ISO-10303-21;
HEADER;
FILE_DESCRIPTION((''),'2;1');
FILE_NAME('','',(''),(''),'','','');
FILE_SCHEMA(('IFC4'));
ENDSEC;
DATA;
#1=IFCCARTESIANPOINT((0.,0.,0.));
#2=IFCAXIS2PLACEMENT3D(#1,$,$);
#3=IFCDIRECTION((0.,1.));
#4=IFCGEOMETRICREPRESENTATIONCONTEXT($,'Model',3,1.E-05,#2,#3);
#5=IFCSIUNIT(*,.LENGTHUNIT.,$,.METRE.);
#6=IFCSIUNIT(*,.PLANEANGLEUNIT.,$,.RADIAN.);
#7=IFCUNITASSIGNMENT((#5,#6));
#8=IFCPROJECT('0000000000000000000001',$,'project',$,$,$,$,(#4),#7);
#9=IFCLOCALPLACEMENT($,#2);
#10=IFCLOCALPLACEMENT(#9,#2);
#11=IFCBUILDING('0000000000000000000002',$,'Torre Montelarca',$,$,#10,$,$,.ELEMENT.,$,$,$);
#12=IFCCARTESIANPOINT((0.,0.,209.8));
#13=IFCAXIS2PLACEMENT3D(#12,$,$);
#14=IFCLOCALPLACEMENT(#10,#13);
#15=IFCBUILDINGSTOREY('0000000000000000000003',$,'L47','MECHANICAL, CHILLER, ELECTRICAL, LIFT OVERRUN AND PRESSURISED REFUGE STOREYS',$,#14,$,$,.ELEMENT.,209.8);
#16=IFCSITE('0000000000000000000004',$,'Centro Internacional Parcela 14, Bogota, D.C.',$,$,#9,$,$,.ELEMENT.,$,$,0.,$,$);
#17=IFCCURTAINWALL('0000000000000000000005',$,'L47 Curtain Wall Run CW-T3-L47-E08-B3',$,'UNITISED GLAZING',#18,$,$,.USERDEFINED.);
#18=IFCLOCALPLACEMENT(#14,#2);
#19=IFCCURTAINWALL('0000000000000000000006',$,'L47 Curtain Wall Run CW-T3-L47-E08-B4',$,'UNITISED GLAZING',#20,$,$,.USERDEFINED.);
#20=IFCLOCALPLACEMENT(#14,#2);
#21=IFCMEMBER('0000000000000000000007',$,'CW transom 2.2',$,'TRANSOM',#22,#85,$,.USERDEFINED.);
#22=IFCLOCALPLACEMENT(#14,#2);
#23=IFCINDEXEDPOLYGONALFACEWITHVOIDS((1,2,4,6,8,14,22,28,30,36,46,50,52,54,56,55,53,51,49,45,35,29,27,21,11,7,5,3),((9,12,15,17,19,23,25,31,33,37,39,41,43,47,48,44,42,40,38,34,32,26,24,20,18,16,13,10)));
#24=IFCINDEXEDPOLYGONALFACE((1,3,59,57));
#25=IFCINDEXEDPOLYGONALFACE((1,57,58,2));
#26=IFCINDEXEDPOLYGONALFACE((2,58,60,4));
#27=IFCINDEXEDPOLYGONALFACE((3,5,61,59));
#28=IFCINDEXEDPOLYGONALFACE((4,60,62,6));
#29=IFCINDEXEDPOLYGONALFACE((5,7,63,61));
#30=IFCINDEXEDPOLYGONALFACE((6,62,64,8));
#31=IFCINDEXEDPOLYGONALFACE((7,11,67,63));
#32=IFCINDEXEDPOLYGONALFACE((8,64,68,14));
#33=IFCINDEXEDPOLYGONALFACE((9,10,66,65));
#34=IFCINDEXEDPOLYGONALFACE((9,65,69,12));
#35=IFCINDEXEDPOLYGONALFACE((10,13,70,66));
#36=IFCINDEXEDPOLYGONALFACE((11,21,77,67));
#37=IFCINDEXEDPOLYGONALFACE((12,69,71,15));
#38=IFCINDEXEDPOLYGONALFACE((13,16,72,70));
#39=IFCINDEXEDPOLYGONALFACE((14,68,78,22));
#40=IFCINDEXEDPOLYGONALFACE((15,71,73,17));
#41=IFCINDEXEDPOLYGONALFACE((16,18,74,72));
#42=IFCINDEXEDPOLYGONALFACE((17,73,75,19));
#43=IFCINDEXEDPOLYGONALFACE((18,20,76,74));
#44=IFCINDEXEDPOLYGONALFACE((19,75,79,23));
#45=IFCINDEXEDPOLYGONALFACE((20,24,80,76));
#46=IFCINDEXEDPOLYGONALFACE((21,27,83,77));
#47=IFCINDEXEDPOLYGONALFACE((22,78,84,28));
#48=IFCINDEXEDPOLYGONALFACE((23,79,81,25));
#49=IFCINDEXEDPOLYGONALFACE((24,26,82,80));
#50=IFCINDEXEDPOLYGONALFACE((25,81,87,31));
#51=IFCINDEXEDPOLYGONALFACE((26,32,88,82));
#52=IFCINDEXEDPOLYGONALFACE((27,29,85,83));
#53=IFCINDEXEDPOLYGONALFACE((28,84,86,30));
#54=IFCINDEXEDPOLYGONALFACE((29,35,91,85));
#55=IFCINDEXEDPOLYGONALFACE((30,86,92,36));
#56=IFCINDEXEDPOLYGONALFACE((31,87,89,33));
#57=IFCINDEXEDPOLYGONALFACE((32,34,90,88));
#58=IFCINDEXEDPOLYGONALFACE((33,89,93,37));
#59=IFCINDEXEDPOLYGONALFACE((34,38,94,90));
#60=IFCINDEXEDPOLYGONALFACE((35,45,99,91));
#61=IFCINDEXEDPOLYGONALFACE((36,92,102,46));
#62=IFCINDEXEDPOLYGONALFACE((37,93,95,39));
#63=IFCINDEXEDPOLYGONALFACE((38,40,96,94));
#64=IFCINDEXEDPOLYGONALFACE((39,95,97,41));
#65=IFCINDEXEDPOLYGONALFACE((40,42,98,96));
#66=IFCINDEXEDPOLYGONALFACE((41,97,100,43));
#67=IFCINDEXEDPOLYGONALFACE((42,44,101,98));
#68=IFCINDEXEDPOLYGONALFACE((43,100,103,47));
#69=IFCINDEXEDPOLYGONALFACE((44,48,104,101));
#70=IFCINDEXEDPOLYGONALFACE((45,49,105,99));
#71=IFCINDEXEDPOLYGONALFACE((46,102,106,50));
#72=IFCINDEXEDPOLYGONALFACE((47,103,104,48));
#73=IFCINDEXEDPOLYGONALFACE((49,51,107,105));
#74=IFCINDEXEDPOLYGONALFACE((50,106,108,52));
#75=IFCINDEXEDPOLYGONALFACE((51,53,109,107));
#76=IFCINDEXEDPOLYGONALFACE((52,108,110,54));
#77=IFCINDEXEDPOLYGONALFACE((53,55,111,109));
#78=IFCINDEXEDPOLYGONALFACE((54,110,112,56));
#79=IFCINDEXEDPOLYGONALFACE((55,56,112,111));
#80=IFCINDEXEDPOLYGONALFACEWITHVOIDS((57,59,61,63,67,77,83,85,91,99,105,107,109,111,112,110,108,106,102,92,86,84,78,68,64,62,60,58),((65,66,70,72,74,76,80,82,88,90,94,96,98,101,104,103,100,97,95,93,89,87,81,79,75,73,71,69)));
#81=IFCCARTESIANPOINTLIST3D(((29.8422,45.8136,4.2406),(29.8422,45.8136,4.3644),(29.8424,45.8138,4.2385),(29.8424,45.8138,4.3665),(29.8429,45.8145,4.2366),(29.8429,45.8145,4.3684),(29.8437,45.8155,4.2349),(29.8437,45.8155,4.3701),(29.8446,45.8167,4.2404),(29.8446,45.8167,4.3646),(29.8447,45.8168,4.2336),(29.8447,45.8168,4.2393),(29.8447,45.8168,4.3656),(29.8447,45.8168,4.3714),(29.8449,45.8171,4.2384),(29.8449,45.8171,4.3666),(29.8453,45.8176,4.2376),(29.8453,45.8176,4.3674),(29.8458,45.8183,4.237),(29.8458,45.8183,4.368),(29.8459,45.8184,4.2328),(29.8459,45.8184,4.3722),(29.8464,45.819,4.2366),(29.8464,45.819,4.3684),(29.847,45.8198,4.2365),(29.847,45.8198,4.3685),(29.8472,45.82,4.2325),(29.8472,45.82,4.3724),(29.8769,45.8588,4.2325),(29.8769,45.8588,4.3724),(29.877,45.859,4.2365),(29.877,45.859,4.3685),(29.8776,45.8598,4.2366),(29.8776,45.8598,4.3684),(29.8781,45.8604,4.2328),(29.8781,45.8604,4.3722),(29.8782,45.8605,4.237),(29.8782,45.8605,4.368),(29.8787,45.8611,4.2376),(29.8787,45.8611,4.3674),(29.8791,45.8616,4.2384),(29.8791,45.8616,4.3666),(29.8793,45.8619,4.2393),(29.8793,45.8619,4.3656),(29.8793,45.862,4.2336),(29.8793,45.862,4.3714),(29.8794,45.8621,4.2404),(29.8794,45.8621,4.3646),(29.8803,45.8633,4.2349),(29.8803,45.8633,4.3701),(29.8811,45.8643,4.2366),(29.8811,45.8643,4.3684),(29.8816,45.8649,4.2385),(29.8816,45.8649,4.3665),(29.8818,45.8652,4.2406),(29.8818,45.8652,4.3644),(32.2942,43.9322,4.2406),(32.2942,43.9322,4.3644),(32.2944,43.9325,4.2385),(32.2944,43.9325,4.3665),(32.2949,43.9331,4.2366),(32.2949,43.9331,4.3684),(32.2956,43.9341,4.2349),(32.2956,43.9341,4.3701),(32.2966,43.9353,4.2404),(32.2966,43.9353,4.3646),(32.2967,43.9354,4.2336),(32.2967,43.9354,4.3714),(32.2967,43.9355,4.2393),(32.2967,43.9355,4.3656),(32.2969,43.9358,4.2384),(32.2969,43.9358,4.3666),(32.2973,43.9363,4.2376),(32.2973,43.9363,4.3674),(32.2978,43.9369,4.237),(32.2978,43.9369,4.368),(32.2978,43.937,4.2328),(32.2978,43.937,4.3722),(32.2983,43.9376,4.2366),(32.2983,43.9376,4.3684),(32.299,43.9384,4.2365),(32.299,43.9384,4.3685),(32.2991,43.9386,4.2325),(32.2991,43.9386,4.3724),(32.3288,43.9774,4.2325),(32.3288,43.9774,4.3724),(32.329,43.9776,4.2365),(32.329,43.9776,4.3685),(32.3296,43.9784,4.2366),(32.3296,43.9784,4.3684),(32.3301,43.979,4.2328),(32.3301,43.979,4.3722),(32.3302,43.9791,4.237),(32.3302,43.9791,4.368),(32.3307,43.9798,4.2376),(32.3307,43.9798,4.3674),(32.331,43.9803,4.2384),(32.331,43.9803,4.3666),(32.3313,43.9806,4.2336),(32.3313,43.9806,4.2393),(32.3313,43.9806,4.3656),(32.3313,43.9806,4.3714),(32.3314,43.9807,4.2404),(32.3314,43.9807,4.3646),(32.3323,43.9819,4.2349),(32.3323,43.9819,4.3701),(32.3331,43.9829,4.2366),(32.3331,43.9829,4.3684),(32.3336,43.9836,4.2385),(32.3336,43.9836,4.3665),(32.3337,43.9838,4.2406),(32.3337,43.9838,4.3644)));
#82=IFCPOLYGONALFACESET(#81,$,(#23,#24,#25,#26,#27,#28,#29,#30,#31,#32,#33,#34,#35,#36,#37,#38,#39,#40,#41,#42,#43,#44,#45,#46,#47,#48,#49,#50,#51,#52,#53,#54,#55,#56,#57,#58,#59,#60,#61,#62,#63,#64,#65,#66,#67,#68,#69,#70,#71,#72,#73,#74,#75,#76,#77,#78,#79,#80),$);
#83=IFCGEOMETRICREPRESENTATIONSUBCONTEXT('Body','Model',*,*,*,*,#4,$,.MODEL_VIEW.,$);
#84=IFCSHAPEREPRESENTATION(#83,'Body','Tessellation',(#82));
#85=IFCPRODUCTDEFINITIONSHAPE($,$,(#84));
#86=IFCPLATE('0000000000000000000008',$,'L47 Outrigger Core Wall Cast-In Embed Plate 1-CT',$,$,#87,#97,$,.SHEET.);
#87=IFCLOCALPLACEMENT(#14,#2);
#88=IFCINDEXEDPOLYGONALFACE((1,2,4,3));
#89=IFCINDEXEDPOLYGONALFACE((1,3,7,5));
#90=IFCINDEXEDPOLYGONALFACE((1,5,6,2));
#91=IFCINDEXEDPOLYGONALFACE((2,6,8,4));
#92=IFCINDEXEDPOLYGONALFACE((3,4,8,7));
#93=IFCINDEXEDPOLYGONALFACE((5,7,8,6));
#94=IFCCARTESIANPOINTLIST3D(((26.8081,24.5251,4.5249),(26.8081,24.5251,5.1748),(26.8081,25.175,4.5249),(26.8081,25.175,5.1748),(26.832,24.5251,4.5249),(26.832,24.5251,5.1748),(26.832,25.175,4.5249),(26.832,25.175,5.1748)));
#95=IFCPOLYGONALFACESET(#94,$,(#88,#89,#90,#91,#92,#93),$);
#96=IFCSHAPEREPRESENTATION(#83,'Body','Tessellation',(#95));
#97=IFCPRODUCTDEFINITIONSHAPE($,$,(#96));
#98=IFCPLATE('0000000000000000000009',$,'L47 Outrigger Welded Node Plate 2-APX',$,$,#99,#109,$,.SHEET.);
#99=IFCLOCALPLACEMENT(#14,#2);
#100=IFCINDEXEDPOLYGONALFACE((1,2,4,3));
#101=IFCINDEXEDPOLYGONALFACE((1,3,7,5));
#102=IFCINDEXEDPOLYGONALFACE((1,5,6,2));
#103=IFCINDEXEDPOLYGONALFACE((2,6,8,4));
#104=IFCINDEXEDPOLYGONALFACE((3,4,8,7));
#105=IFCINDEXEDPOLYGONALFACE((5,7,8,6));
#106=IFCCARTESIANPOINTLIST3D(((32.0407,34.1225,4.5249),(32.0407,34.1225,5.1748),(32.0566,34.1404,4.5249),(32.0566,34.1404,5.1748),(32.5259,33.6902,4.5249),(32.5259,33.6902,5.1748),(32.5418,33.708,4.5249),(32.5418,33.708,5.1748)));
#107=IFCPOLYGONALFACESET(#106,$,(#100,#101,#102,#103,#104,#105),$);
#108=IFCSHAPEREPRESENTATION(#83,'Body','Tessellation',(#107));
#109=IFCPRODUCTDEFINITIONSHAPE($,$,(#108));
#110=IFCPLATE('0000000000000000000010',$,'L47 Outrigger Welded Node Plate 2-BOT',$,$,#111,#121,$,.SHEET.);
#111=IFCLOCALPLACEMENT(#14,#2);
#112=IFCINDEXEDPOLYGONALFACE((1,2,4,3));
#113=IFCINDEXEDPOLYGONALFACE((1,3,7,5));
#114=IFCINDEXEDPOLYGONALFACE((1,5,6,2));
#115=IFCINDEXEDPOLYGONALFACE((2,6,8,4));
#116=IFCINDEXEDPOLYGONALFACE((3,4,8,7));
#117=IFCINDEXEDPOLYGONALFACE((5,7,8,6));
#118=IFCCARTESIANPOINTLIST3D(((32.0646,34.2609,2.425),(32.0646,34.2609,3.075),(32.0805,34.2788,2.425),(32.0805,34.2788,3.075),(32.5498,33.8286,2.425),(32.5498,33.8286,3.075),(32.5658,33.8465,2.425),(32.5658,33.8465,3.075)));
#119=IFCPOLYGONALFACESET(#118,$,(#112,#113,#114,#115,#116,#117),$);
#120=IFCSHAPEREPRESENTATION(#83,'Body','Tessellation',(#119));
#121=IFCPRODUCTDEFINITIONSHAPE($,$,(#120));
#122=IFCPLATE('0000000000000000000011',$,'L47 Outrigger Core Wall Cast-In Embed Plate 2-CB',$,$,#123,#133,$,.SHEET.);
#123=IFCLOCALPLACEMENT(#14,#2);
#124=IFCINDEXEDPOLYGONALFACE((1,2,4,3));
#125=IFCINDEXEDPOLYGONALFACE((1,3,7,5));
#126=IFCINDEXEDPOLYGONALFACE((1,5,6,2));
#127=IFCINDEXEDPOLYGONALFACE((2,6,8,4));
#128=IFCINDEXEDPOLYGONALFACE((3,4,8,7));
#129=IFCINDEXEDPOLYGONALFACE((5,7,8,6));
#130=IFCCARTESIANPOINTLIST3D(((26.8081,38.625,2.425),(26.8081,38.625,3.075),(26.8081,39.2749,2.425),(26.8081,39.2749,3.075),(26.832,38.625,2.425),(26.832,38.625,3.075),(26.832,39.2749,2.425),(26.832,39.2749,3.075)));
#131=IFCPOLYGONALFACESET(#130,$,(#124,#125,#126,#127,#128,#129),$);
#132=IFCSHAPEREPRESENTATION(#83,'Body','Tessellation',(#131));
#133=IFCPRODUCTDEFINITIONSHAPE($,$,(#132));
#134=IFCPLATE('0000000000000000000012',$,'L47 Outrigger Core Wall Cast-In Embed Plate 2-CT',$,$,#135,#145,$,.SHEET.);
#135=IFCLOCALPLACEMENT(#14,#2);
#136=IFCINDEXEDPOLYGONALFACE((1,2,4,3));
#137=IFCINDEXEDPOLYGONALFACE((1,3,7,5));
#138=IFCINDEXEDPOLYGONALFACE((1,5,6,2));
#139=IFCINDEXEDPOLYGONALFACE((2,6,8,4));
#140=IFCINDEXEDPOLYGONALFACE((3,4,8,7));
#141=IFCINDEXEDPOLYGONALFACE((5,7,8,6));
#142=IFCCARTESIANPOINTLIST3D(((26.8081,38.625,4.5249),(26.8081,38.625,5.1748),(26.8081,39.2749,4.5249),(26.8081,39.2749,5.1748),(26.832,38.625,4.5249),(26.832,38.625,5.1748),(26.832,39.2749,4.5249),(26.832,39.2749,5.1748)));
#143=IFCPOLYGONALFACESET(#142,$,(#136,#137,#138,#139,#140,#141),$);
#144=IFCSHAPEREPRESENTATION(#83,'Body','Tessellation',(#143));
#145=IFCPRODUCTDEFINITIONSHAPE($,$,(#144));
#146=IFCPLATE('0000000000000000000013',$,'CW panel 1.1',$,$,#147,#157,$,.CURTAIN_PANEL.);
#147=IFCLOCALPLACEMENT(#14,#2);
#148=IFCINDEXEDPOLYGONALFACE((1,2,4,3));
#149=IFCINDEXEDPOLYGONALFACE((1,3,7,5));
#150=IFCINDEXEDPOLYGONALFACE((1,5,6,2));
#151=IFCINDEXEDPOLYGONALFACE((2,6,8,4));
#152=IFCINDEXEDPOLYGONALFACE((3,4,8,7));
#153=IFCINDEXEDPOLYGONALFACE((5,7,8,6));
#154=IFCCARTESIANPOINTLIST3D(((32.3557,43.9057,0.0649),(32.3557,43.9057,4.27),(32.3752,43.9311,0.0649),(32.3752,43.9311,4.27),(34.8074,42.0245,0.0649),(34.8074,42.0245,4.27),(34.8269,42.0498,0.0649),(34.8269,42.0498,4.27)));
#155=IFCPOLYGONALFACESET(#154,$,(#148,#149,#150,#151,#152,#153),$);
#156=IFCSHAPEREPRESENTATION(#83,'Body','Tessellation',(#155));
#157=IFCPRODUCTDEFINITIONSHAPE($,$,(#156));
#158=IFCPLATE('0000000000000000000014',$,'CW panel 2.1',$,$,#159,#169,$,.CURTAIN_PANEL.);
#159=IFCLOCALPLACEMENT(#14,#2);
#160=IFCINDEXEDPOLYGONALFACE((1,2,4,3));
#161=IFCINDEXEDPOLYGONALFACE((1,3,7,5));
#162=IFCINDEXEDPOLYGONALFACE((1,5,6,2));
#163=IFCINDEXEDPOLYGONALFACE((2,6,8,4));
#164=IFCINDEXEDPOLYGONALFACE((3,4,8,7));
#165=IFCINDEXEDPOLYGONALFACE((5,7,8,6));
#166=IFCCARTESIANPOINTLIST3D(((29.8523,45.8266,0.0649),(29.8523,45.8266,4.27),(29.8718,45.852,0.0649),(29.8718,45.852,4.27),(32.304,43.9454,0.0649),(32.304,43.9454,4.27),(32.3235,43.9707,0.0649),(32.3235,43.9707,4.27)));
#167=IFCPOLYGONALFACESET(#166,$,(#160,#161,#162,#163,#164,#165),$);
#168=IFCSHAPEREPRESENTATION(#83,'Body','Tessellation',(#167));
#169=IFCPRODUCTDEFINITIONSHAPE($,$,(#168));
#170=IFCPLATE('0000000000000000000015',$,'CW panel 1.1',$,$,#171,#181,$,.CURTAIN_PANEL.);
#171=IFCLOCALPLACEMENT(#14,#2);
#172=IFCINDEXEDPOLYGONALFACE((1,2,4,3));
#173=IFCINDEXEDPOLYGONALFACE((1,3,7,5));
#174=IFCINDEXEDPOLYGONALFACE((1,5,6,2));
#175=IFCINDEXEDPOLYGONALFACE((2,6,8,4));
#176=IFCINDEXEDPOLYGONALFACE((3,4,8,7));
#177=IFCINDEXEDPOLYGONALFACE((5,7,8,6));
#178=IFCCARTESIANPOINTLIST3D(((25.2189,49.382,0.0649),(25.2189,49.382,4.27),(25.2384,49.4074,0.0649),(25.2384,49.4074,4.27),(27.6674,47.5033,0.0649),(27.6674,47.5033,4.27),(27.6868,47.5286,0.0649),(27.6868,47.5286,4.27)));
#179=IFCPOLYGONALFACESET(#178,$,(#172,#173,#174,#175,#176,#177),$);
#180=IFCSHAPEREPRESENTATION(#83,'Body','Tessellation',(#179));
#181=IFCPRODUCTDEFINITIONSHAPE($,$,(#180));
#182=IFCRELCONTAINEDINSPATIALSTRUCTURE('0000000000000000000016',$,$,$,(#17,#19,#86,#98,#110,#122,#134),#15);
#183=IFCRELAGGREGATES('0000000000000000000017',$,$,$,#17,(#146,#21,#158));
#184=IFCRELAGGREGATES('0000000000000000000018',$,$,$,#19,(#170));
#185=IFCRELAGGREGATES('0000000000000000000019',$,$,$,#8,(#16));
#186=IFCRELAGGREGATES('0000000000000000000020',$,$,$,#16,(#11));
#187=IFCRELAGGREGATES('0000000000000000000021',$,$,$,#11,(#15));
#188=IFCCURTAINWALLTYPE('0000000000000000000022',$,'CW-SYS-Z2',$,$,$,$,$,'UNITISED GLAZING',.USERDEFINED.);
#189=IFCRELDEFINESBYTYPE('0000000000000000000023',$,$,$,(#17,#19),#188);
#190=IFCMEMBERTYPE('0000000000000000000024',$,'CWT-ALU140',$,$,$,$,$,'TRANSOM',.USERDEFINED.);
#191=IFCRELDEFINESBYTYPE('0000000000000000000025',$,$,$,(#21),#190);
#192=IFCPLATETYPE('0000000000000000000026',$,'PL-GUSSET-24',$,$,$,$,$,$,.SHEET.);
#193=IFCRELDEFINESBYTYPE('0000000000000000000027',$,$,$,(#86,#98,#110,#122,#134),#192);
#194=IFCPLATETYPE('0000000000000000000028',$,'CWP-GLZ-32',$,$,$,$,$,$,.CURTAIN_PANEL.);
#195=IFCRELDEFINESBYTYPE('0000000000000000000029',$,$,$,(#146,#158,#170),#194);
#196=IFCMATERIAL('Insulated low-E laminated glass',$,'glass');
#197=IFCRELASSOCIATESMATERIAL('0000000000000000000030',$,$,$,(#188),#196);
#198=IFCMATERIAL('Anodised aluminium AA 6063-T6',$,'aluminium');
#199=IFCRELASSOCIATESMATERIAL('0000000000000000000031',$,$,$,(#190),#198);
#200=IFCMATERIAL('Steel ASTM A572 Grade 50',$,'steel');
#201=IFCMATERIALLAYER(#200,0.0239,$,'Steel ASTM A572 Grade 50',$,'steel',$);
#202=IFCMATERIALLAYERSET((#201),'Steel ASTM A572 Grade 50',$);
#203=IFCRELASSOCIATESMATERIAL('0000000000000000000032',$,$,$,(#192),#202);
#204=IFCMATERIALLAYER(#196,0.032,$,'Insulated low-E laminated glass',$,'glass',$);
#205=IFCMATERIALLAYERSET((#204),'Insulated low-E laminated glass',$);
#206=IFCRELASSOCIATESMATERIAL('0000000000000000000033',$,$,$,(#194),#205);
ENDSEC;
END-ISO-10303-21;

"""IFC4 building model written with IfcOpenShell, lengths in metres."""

from ifc_helpers import new_model, si_unit, direction, frame, origin, origin_2d, place, context, subcontext, project, spatial, rectangle, hollow_rectangle, extrude, source, transform, mapped, material, layer, layer_set, material_profile, profile_set, type_object, element, aggregate, save


model = new_model("IFC4")

# Units and contexts
model_context = context("Model", 3, precision=1e-05, world=origin(), true_north=direction((0.0, 1.0)))
body_context = subcontext(model_context, "Body", "Model", "MODEL_VIEW")
ifc_project = project(units=[si_unit("LENGTHUNIT", "METRE"), si_unit("PLANEANGLEUNIT", "RADIAN")], contexts=[model_context])

# Site, building, storey
site_placement = place(None, origin())
site = spatial("IfcSite", under=ifc_project, at=site_placement, Name="Centro Internacional Parcela 14, Bogota, D.C.", CompositionType="ELEMENT", RefElevation=0.0)
building_placement = place(site_placement, origin())
building = spatial("IfcBuilding", under=site, at=building_placement, Name="Torre Montelarca", CompositionType="ELEMENT")
storey_placement = place(building_placement, frame((0.0, 0.0, 209.8)))
storey = spatial("IfcBuildingStorey", under=building, at=storey_placement, Name="L47", Description="MECHANICAL, CHILLER, ELECTRICAL, LIFT OVERRUN AND PRESSURISED REFUGE STOREYS", CompositionType="ELEMENT", Elevation=209.8)

# Curtain walls
ifc_material_1 = material(Name="Insulated low-E laminated glass", Category="glass")
curtain_wall_type = type_object("IfcCurtainWallType", Name="CW-SYS-Z2", ElementType="UNITISED GLAZING", PredefinedType="USERDEFINED", material=ifc_material_1)
curtain_wall_1_placement = place(storey_placement, origin())
curtain_wall_1 = element("IfcCurtainWall", 1, at=curtain_wall_1_placement, inside=storey, type_object=curtain_wall_type, Name="L47 Curtain Wall Run CW-T3-L47-E08-B3", ObjectType="UNITISED GLAZING", PredefinedType="USERDEFINED")
ifc_material_2 = material(Name="Anodised aluminium AA 6063-T6", Category="aluminium")
ifc_material_profile_1 = material_profile(ifc_material_2, hollow_rectangle(XDim=0.0649, YDim=0.1399, WallThickness=0.0039, InnerFilletRadius=0.0039, OuterFilletRadius=0.0081, at=origin_2d()), Name="ALU65X140X4", Category="aluminium")
ifc_profile_set_1 = profile_set([ifc_material_profile_1], Name="Anodised aluminium AA 6063-T6")
member_type_1 = type_object("IfcMemberType", Name="CWT-ALU140", ElementType="TRANSOM", PredefinedType="USERDEFINED", material=ifc_profile_set_1)
curtain_wall_2_placement = place(storey_placement, origin())
curtain_wall_2 = element("IfcCurtainWall", 2, at=curtain_wall_2_placement, inside=storey, type_object=curtain_wall_type, Name="L47 Curtain Wall Run CW-T3-L47-E08-B4", ObjectType="UNITISED GLAZING", PredefinedType="USERDEFINED")

# Member
shared_shape_1 = source(origin(), body_context, "Body", "SweptSolid", [
    extrude(hollow_rectangle(XDim=0.0649, YDim=0.1399, WallThickness=0.0039, InnerFilletRadius=0.0039, OuterFilletRadius=0.0081, at=origin_2d()), origin(), (0.0, 0.0, 1.0), 3.0906),
])
member_1_placement = place(storey_placement, frame((32.314, 43.958, 4.3025), z_axis=(-0.793363, 0.608748, 0.0), x_axis=(-0.608748, -0.793363, 0.0)))
member_1 = element("IfcMember", 3, at=member_1_placement, type_object=member_type_1, Name="CW transom 2.2", ObjectType="TRANSOM", PredefinedType="USERDEFINED", context=body_context, shape_type="MappedRepresentation", body=[
    mapped(shared_shape_1, transform((0.0, 0.0, 0.0), scale=1.0)),
])

# Plates
ifc_material_3 = material(Name="Steel ASTM A572 Grade 50", Category="steel")
ifc_layer_1 = layer(ifc_material_3, 0.0239, Name="Steel ASTM A572 Grade 50", Category="steel")
ifc_layer_set_1 = layer_set([ifc_layer_1], Name="Steel ASTM A572 Grade 50")
plate_type_1 = type_object("IfcPlateType", Name="PL-GUSSET-24", PredefinedType="SHEET", material=ifc_layer_set_1)
shared_shape_2 = source(origin(), body_context, "Body", "SweptSolid", [
    extrude(rectangle(XDim=0.6499, YDim=0.0239, at=origin_2d()), origin(), (0.0, 0.0, 1.0), 0.6499),
])
for number, where, z_axis, x_axis, name in (
    (4, (26.8201, 24.8501, 4.5249), (0.0, 0.0, 1.0), (0.0, 1.0, 0.0), "L47 Outrigger Core Wall Cast-In Embed Plate 1-CT"),
    (5, (32.2913, 33.9153, 4.5249), (0.0, 0.0, 1.0), (-0.746638, 0.66523, 0.0), "L47 Outrigger Welded Node Plate 2-APX"),
    (6, (32.3152, 34.0537, 2.425), (0.0, 0.0, 1.0), (-0.746638, 0.66523, 0.0), "L47 Outrigger Welded Node Plate 2-BOT"),
    (7, (26.8201, 38.95, 2.425), (0.0, 0.0, 1.0), (0.0, 1.0, 0.0), "L47 Outrigger Core Wall Cast-In Embed Plate 2-CB"),
    (8, (26.8201, 38.95, 4.5249), (0.0, 0.0, 1.0), (0.0, 1.0, 0.0), "L47 Outrigger Core Wall Cast-In Embed Plate 2-CT"),
):
    element("IfcPlate", number, at=place(storey_placement, frame(where, z_axis=z_axis, x_axis=x_axis)), inside=storey, type_object=plate_type_1, Name=name, PredefinedType="SHEET", context=body_context, shape_type="MappedRepresentation", body=[
        mapped(shared_shape_2, transform((0.0, 0.0, 0.0), scale=1.0)),
    ])

# Plates
ifc_layer_2 = layer(ifc_material_1, 0.032, Name="Insulated low-E laminated glass", Category="glass")
ifc_layer_set_2 = layer_set([ifc_layer_2], Name="Insulated low-E laminated glass")
plate_type_2 = type_object("IfcPlateType", Name="CWP-GLZ-32", PredefinedType="CURTAIN_PANEL", material=ifc_layer_set_2)
shared_shape_3 = source(origin(), body_context, "Body", "SweptSolid", [
    extrude(rectangle(XDim=3.0903, YDim=0.032, at=origin_2d()), origin(), (0.0, 0.0, 1.0), 4.2051),
])
plate_1_placement = place(storey_placement, frame((33.5913, 42.9778, 0.0649), z_axis=(0.0, 0.0, 1.0), x_axis=(-0.793359, 0.608755, 0.0)))
plate_1 = element("IfcPlate", 9, at=plate_1_placement, type_object=plate_type_2, Name="CW panel 1.1", PredefinedType="CURTAIN_PANEL", context=body_context, shape_type="MappedRepresentation", body=[
    mapped(shared_shape_3, transform((0.0, 0.0, 0.0), scale=1.0)),
])
plate_2_placement = place(storey_placement, frame((31.0879, 44.8987, 0.0649), z_axis=(0.0, 0.0, 1.0), x_axis=(-0.793359, 0.608755, 0.0)))
plate_2 = element("IfcPlate", 10, at=plate_2_placement, type_object=plate_type_2, Name="CW panel 2.1", PredefinedType="CURTAIN_PANEL", context=body_context, shape_type="MappedRepresentation", body=[
    mapped(shared_shape_3, transform((0.0, 0.0, 0.0), scale=1.0)),
])
aggregate(curtain_wall_1, [plate_1, member_1, plate_2])
shared_shape_4 = source(origin(), body_context, "Body", "SweptSolid", [
    extrude(rectangle(XDim=3.0862, YDim=0.032, at=origin_2d()), origin(), (0.0, 0.0, 1.0), 4.2051),
])
plate_3_placement = place(storey_placement, frame((26.4529, 48.4553, 0.0649), z_axis=(0.0, 0.0, 1.0), x_axis=(-0.793357, 0.608756, 0.0)))
plate_3 = element("IfcPlate", 11, at=plate_3_placement, type_object=plate_type_2, Name="CW panel 1.1", PredefinedType="CURTAIN_PANEL", context=body_context, shape_type="MappedRepresentation", body=[
    mapped(shared_shape_4, transform((0.0, 0.0, 0.0), scale=1.0)),
])
aggregate(curtain_wall_2, [plate_3])

save(model, "model.ifc")
